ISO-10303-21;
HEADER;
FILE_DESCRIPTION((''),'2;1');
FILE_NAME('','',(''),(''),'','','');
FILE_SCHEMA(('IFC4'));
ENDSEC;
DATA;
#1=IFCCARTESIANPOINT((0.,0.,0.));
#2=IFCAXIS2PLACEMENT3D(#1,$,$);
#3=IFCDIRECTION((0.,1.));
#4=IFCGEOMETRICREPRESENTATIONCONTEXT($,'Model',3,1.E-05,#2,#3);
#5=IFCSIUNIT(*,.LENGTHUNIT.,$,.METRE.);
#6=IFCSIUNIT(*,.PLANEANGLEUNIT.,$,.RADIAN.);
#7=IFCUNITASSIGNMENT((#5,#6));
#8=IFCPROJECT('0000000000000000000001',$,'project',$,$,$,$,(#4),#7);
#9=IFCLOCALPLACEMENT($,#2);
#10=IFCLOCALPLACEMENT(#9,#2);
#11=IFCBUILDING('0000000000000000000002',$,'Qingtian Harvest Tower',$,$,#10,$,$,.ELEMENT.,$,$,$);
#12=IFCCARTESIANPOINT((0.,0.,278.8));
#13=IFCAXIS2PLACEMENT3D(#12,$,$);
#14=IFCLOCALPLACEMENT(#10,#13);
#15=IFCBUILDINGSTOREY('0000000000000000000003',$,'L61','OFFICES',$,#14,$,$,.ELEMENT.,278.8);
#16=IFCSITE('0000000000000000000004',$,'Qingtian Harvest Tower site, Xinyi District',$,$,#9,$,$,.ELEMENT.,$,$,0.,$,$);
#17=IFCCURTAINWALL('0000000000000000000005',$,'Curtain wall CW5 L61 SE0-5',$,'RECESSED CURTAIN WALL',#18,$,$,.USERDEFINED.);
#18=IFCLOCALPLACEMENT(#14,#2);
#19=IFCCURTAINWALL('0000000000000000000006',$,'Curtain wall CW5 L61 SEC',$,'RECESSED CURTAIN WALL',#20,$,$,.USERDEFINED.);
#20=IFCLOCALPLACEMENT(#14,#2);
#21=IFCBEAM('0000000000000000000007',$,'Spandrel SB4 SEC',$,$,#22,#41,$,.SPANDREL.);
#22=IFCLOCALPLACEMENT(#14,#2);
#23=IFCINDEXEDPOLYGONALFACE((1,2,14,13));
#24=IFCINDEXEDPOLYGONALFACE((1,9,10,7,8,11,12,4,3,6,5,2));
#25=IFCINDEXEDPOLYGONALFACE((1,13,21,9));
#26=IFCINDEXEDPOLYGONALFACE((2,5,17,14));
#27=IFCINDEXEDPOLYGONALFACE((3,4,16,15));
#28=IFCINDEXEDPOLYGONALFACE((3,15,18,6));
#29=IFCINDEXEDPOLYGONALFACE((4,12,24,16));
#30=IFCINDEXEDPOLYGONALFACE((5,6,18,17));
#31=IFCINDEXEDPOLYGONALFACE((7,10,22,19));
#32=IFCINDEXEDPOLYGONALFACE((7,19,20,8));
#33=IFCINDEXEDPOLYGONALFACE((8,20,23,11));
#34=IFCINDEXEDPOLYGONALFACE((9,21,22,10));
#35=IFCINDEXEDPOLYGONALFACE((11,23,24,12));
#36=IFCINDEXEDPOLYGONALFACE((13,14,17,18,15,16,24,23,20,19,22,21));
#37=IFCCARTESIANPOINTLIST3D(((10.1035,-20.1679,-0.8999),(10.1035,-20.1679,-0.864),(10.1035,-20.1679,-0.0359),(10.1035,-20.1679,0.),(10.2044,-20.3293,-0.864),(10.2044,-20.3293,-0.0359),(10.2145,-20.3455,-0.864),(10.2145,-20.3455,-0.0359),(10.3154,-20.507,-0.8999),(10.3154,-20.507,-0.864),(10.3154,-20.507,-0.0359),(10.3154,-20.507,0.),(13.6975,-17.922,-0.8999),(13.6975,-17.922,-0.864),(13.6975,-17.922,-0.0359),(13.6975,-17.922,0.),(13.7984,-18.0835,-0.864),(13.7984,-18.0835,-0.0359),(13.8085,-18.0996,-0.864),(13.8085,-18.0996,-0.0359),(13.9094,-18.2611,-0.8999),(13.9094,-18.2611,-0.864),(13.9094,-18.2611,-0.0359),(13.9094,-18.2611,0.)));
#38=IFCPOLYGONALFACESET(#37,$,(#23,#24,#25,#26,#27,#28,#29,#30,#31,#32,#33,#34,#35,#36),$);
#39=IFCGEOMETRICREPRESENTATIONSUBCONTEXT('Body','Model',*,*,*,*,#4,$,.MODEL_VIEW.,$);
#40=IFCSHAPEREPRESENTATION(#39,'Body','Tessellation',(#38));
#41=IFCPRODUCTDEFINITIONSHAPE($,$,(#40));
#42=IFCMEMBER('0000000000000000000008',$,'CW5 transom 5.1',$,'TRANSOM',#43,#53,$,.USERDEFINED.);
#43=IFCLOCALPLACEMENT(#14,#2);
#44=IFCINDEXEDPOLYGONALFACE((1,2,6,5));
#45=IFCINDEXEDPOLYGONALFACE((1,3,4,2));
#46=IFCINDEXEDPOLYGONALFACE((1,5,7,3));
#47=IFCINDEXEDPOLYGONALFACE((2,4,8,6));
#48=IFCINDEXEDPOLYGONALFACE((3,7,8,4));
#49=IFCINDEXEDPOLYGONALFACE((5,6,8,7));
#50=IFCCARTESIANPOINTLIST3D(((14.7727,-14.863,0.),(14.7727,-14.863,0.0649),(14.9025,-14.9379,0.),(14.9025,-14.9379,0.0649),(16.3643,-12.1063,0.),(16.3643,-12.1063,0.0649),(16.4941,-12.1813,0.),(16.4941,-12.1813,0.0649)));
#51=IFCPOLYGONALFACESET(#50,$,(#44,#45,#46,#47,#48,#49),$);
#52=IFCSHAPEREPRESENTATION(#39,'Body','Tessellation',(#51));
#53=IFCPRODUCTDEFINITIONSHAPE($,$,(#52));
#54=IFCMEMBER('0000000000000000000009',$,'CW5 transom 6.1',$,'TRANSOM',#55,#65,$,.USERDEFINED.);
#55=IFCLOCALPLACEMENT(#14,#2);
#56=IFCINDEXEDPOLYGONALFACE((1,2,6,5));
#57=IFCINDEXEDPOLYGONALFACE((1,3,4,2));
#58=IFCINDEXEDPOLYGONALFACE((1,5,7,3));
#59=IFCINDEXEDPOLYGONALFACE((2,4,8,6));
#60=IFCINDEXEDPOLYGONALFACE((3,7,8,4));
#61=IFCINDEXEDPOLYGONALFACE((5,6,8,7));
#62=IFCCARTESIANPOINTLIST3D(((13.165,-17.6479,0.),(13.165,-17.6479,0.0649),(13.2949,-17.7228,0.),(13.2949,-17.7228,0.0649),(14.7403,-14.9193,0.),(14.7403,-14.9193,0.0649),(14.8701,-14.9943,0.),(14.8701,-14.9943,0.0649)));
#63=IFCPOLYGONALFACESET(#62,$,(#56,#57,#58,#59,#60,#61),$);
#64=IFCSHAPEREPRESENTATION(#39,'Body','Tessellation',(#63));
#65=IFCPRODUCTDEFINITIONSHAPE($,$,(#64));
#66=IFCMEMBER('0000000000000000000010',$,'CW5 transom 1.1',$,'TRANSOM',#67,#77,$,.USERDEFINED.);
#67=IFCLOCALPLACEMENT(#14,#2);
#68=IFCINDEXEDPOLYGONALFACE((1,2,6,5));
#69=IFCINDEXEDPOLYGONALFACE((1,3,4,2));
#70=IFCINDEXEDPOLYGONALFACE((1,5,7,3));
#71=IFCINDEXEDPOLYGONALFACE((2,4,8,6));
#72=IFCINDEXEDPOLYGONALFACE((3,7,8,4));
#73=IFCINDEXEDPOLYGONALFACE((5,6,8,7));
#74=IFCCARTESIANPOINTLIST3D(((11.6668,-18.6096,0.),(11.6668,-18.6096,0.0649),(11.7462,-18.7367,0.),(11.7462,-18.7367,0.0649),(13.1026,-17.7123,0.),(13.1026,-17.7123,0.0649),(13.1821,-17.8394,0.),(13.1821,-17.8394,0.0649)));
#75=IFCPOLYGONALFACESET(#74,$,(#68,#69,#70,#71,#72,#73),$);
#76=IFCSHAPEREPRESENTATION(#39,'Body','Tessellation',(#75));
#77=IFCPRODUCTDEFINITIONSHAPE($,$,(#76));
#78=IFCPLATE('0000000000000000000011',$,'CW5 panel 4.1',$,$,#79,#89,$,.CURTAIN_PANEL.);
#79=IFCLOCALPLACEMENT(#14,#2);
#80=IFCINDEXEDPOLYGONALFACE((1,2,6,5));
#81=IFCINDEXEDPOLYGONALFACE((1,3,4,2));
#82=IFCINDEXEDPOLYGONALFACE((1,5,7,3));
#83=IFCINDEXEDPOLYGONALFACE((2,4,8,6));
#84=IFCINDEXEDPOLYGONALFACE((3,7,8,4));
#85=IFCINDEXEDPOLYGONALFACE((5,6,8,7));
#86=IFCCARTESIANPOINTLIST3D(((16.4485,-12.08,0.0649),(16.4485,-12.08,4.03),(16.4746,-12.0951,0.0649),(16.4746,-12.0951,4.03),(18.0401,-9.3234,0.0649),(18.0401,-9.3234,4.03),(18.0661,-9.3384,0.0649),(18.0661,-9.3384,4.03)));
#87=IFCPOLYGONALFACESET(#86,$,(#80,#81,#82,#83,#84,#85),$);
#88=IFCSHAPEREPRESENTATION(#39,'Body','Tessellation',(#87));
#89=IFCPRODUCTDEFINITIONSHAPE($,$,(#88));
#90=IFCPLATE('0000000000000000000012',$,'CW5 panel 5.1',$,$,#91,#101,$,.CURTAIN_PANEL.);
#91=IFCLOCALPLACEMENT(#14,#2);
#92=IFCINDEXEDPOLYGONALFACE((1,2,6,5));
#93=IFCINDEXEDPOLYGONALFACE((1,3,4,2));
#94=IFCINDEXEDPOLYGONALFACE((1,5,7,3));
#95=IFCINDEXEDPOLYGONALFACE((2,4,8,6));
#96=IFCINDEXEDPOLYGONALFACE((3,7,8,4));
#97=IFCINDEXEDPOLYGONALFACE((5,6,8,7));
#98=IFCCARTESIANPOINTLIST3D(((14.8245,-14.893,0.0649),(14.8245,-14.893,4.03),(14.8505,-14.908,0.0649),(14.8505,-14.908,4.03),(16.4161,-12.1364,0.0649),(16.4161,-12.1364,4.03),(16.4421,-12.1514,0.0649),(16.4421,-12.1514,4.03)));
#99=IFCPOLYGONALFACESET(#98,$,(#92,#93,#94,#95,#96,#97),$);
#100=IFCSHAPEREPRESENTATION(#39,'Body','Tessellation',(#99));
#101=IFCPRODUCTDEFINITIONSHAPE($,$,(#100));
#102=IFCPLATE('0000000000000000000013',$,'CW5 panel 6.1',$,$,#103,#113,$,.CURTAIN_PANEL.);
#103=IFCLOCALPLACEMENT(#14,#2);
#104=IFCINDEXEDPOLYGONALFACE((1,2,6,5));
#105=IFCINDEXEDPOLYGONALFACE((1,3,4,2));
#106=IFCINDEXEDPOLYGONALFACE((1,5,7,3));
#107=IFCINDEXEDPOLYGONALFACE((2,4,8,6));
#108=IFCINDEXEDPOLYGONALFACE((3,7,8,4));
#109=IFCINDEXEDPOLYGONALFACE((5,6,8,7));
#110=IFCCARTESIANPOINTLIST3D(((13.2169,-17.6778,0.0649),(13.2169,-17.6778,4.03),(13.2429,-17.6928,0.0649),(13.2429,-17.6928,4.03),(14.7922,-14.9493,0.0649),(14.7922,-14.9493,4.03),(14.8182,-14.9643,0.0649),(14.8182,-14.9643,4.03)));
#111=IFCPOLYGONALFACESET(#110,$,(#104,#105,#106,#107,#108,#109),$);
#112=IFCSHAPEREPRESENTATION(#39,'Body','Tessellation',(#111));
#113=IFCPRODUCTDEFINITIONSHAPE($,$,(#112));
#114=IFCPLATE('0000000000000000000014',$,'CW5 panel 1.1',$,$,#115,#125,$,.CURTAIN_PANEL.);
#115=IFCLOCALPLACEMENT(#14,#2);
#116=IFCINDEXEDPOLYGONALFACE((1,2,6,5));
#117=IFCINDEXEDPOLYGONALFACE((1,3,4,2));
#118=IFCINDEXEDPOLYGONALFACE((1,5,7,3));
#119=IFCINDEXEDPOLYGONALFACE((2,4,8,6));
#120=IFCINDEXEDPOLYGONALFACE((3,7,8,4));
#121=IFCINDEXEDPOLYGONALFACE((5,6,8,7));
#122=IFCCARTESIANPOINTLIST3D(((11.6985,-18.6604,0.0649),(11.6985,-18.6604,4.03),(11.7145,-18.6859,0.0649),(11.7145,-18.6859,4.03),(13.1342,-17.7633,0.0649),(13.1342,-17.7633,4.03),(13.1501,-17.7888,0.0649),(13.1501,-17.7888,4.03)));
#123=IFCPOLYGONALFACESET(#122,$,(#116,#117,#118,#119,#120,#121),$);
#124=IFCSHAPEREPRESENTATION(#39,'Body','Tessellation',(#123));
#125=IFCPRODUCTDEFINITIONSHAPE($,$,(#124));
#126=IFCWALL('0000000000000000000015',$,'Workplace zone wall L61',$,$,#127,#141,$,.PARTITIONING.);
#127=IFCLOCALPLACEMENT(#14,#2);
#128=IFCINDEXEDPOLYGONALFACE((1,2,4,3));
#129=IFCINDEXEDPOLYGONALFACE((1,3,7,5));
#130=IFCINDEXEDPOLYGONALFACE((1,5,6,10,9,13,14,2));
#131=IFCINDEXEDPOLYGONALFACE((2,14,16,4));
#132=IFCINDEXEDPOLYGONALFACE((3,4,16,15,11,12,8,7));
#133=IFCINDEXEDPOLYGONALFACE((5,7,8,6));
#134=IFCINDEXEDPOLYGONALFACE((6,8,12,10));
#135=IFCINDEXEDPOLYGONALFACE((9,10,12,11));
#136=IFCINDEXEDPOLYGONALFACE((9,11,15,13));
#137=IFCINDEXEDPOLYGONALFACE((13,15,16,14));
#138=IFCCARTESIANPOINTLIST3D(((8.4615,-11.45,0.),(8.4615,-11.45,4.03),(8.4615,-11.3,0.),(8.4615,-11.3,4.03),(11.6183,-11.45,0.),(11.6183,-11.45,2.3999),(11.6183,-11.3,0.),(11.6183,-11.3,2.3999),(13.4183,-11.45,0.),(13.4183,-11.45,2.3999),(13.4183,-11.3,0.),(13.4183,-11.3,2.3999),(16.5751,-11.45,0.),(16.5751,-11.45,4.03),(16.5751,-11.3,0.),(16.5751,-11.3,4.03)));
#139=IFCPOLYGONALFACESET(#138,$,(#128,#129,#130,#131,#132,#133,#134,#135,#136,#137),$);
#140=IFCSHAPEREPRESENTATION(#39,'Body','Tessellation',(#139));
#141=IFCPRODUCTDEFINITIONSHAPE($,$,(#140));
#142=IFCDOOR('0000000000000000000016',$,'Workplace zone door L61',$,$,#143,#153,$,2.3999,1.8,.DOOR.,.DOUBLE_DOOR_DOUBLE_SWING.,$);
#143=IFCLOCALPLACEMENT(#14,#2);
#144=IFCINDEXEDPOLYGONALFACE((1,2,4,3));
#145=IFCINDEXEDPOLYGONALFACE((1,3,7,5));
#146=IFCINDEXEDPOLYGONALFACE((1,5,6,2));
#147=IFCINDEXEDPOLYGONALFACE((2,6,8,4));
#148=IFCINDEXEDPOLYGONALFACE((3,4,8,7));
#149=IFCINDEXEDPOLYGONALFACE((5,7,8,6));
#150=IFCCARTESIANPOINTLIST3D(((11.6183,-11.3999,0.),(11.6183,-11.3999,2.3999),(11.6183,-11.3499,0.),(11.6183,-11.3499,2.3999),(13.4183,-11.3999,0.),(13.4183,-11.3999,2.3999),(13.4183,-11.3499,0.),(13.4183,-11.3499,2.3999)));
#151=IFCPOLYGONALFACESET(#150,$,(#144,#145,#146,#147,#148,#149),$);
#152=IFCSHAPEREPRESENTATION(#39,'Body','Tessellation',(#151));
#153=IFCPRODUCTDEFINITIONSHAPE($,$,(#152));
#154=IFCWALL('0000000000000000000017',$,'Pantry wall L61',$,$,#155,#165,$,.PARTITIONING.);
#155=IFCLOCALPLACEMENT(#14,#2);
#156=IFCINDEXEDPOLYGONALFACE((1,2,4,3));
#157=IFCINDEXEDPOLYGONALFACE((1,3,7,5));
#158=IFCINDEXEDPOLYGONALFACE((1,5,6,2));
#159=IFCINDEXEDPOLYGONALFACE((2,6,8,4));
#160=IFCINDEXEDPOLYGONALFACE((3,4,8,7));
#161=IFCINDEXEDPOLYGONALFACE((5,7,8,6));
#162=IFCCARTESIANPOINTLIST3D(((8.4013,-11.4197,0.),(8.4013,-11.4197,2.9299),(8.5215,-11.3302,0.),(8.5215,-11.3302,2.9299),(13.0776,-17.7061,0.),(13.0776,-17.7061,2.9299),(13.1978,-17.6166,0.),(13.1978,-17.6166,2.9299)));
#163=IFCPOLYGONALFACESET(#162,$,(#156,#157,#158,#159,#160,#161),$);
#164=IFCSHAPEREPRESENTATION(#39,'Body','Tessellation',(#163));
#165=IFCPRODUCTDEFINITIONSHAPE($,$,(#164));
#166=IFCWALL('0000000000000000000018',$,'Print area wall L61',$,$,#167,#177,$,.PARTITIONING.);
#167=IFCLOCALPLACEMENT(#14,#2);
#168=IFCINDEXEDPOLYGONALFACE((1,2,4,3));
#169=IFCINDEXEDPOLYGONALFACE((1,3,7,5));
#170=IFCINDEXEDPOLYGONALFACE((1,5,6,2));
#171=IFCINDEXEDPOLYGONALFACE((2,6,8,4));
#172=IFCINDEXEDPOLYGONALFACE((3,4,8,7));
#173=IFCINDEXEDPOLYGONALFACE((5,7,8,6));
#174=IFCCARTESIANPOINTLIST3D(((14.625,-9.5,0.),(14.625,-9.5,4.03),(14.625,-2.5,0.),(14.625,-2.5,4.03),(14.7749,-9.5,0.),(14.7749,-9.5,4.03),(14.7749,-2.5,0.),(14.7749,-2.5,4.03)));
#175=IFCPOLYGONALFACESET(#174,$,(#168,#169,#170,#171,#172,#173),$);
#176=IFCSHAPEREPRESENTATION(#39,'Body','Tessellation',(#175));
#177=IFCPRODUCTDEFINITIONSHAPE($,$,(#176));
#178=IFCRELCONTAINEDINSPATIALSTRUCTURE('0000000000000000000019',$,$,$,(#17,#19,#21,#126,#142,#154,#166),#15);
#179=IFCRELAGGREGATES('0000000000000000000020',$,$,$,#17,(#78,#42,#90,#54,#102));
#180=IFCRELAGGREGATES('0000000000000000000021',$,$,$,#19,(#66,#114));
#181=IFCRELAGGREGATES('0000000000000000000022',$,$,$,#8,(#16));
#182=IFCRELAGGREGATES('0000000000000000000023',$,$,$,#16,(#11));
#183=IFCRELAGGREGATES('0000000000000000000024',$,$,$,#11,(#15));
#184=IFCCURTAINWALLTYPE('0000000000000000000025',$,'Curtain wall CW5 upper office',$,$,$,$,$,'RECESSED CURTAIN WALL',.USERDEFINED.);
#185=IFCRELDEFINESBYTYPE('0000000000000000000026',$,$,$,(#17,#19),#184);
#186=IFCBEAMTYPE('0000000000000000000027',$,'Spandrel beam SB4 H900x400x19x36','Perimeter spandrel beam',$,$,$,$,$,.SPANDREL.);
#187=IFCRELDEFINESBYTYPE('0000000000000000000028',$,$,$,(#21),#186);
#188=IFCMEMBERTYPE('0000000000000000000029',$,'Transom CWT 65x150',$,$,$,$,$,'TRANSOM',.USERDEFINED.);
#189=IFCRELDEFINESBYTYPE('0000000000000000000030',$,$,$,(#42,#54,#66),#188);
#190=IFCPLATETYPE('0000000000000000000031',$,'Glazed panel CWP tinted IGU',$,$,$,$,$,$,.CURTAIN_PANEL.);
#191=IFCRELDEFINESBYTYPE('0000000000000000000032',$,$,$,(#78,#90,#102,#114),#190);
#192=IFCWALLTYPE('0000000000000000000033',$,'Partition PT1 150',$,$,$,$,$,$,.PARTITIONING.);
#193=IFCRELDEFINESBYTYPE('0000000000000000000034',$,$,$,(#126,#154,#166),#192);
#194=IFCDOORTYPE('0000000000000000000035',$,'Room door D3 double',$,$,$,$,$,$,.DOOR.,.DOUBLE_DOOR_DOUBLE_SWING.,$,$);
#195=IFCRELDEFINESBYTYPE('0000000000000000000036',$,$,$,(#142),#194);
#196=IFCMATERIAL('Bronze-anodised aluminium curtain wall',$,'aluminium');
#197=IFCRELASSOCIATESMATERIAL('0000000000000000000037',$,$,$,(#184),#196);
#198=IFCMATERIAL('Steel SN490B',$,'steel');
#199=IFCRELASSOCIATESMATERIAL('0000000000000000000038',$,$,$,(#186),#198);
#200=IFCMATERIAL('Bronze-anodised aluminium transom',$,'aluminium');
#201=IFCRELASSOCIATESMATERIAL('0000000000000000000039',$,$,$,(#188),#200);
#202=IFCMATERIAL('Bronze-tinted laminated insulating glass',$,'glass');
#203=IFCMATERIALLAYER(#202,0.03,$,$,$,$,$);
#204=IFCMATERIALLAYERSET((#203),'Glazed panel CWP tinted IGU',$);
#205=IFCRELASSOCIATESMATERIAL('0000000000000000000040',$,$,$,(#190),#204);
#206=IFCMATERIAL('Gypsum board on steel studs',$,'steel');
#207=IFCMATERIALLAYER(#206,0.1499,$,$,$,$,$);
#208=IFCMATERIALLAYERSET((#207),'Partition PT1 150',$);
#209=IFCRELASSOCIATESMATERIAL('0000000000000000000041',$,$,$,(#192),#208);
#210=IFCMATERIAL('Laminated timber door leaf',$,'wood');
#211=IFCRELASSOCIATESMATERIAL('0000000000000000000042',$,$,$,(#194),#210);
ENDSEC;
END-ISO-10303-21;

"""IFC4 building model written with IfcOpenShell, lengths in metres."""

from ifc_helpers import new_model, si_unit, direction, frame, frame_2d, origin, origin_2d, place, context, subcontext, project, spatial, rectangle, i_section, extrude, material, layer, layer_set, material_profile, profile_set, type_object, element, fill, aggregate, save


model = new_model("IFC4")

# Units and contexts
model_context = context("Model", 3, precision=1e-05, world=origin(), true_north=direction((0.0, 1.0)))
body_context = subcontext(model_context, "Body", "Model", "MODEL_VIEW")
ifc_project = project(units=[si_unit("LENGTHUNIT", "METRE"), si_unit("PLANEANGLEUNIT", "RADIAN")], contexts=[model_context])

# Site, building, storey
site_placement = place(None, origin())
site = spatial("IfcSite", under=ifc_project, at=site_placement, Name="Qingtian Harvest Tower site, Xinyi District", CompositionType="ELEMENT", RefElevation=0.0)
building_placement = place(site_placement, origin())
building = spatial("IfcBuilding", under=site, at=building_placement, Name="Qingtian Harvest Tower", CompositionType="ELEMENT")
storey_placement = place(building_placement, frame((0.0, 0.0, 278.8)))
storey = spatial("IfcBuildingStorey", under=building, at=storey_placement, Name="L61", Description="OFFICES", CompositionType="ELEMENT", Elevation=278.8)

# Curtain walls
ifc_material_1 = material(Name="Bronze-anodised aluminium curtain wall", Category="aluminium")
curtain_wall_type = type_object("IfcCurtainWallType", Name="Curtain wall CW5 upper office", ElementType="RECESSED CURTAIN WALL", PredefinedType="USERDEFINED", material=ifc_material_1)
curtain_wall_1_placement = place(storey_placement, origin())
curtain_wall_1 = element("IfcCurtainWall", 1, at=curtain_wall_1_placement, inside=storey, type_object=curtain_wall_type, Name="Curtain wall CW5 L61 SE0-5", ObjectType="RECESSED CURTAIN WALL", PredefinedType="USERDEFINED")
curtain_wall_2_placement = place(storey_placement, origin())
curtain_wall_2 = element("IfcCurtainWall", 2, at=curtain_wall_2_placement, inside=storey, type_object=curtain_wall_type, Name="Curtain wall CW5 L61 SEC", ObjectType="RECESSED CURTAIN WALL", PredefinedType="USERDEFINED")

# Beam
ifc_material_2 = material(Name="Steel SN490B", Category="steel")
ifc_material_profile_1 = material_profile(ifc_material_2, i_section(OverallWidth=0.3999, OverallDepth=0.8999, WebThickness=0.019, FlangeThickness=0.0359, at=origin_2d()), Name="H900x400x19x36")
ifc_profile_set_1 = profile_set([ifc_material_profile_1], Name="Steel SN490B")
beam_type_1 = type_object("IfcBeamType", Name="Spandrel beam SB4 H900x400x19x36", Description="Perimeter spandrel beam", PredefinedType="SPANDREL", material=ifc_profile_set_1)
beam_1_placement = place(storey_placement, frame((13.8035, -18.0916, -0.45), z_axis=(-0.84804, -0.529932, 0.0), x_axis=(0.529932, -0.84804, 0.0)))
element("IfcBeam", 3, at=beam_1_placement, inside=storey, type_object=beam_type_1, Name="Spandrel SB4 SEC", PredefinedType="SPANDREL", context=body_context, shape_type="SweptSolid", body=[
    extrude(i_section(OverallWidth=0.3999, OverallDepth=0.8999, WebThickness=0.019, FlangeThickness=0.0359, at=origin_2d()), origin(), (0.0, 0.0, 1.0), 4.238),
])

# Members
ifc_material_3 = material(Name="Bronze-anodised aluminium transom", Category="aluminium")
ifc_material_profile_2 = material_profile(ifc_material_3, rectangle(XDim=0.1499, YDim=0.0649, at=origin_2d()), Name="AL 65x150")
ifc_profile_set_2 = profile_set([ifc_material_profile_2], Name="Bronze-anodised aluminium transom")
member_type_1 = type_object("IfcMemberType", Name="Transom CWT 65x150", ElementType="TRANSOM", PredefinedType="USERDEFINED", material=ifc_profile_set_2)
member_1_placement = place(storey_placement, frame((16.4292, -12.1438, 0.0325), z_axis=(-0.500008, -0.866021, 0.0), x_axis=(0.866021, -0.500008, 0.0)))
member_1 = element("IfcMember", 4, at=member_1_placement, type_object=member_type_1, Name="CW5 transom 5.1", ObjectType="TRANSOM", PredefinedType="USERDEFINED", context=body_context, shape_type="SweptSolid", body=[
    extrude(rectangle(XDim=0.1499, YDim=0.0649, at=origin_2d()), origin(), (0.0, 0.0, 1.0), 3.1831),
])
member_2_placement = place(storey_placement, frame((14.8052, -14.9568, 0.0325), z_axis=(-0.499973, -0.866041, 0.0), x_axis=(0.866041, -0.499973, 0.0)))
member_2 = element("IfcMember", 5, at=member_2_placement, type_object=member_type_1, Name="CW5 transom 6.1", ObjectType="TRANSOM", PredefinedType="USERDEFINED", context=body_context, shape_type="SweptSolid", body=[
    extrude(rectangle(XDim=0.1499, YDim=0.0649, at=origin_2d()), origin(), (0.0, 0.0, 1.0), 3.1506),
])
member_3_placement = place(storey_placement, frame((13.1423, -17.7759, 0.0325), z_axis=(-0.848039, -0.529934, 0.0), x_axis=(0.529934, -0.848039, 0.0)))
member_3 = element("IfcMember", 6, at=member_3_placement, type_object=member_type_1, Name="CW5 transom 1.1", ObjectType="TRANSOM", PredefinedType="USERDEFINED", context=body_context, shape_type="SweptSolid", body=[
    extrude(rectangle(XDim=0.1499, YDim=0.0649, at=origin_2d()), origin(), (0.0, 0.0, 1.0), 1.6931),
])

# Plates
ifc_material_4 = material(Name="Bronze-tinted laminated insulating glass", Category="glass")
ifc_layer_1 = layer(ifc_material_4, 0.03)
ifc_layer_set_1 = layer_set([ifc_layer_1], Name="Glazed panel CWP tinted IGU")
plate_type = type_object("IfcPlateType", Name="Glazed panel CWP tinted IGU", PredefinedType="CURTAIN_PANEL", material=ifc_layer_set_1)
plate_1_placement = place(storey_placement, frame((17.2573, -10.7092, 0.0649), z_axis=(0.0, 0.0, 1.0), x_axis=(-0.5, -0.866025, 0.0)))
plate_1 = element("IfcPlate", 7, at=plate_1_placement, type_object=plate_type, Name="CW5 panel 4.1", PredefinedType="CURTAIN_PANEL", context=body_context, shape_type="SweptSolid", body=[
    extrude(rectangle(XDim=3.1831, YDim=0.03, at=origin_2d()), origin(), (0.0, 0.0, 1.0), 3.9651),
])
plate_2_placement = place(storey_placement, frame((15.6333, -13.5222, 0.0649), z_axis=(0.0, 0.0, 1.0), x_axis=(-0.5, -0.866025, 0.0)))
plate_2 = element("IfcPlate", 8, at=plate_2_placement, type_object=plate_type, Name="CW5 panel 5.1", PredefinedType="CURTAIN_PANEL", context=body_context, shape_type="SweptSolid", body=[
    extrude(rectangle(XDim=3.1831, YDim=0.03, at=origin_2d()), origin(), (0.0, 0.0, 1.0), 3.9651),
])
plate_3_placement = place(storey_placement, frame((14.0176, -16.321, 0.0649), z_axis=(0.0, 0.0, 1.0), x_axis=(-0.5, -0.866025, 0.0)))
plate_3 = element("IfcPlate", 9, at=plate_3_placement, type_object=plate_type, Name="CW5 panel 6.1", PredefinedType="CURTAIN_PANEL", context=body_context, shape_type="SweptSolid", body=[
    extrude(rectangle(XDim=3.1506, YDim=0.03, at=origin_2d()), origin(), (0.0, 0.0, 1.0), 3.9651),
])
aggregate(curtain_wall_1, [plate_1, member_1, plate_2, member_2, plate_3])
plate_4_placement = place(storey_placement, frame((12.4243, -18.2246, 0.0649), z_axis=(0.0, 0.0, 1.0), x_axis=(-0.848048, -0.529919, 0.0)))
plate_4 = element("IfcPlate", 10, at=plate_4_placement, type_object=plate_type, Name="CW5 panel 1.1", PredefinedType="CURTAIN_PANEL", context=body_context, shape_type="SweptSolid", body=[
    extrude(rectangle(XDim=1.6929, YDim=0.03, at=origin_2d()), origin(), (0.0, 0.0, 1.0), 3.9651),
])
aggregate(curtain_wall_2, [member_3, plate_4])

# Wall, opening, door
ifc_material_5 = material(Name="Gypsum board on steel studs", Category="steel")
ifc_layer_2 = layer(ifc_material_5, 0.1499)
ifc_layer_set_2 = layer_set([ifc_layer_2], Name="Partition PT1 150")
wall_type = type_object("IfcWallType", Name="Partition PT1 150", PredefinedType="PARTITIONING", material=ifc_layer_set_2)
wall_1_placement = place(storey_placement, frame((16.575, -11.375, 0.0), z_axis=(0.0, 0.0, 1.0), x_axis=(-1.0, 0.0, 0.0)))
wall_1 = element("IfcWall", 11, at=wall_1_placement, inside=storey, type_object=wall_type, Name="Workplace zone wall L61", PredefinedType="PARTITIONING", context=body_context, shape_type="SweptSolid", body=[
    extrude(rectangle(XDim=8.1135, YDim=0.1499, at=frame_2d((4.0566, 0.0))), origin(), (0.0, 0.0, 1.0), 4.03),
])
opening_placement = place(wall_1_placement, frame((3.1567, 0.0, 0.0)))
opening = element("IfcOpeningElement", 12, at=opening_placement, cuts=wall_1, PredefinedType="OPENING", context=body_context, shape_type="SweptSolid", body=[
    extrude(rectangle(XDim=1.8, YDim=2.3999, at=frame_2d((0.8999, 1.2))), frame((0.0, 0.085, 0.0), z_axis=(0.0, -1.0, 0.0), x_axis=(1.0, 0.0, 0.0)), (0.0, 0.0, 1.0), 0.1699),
])
ifc_material_6 = material(Name="Laminated timber door leaf", Category="wood")
door_type = type_object("IfcDoorType", Name="Room door D3 double", OperationType="DOUBLE_DOOR_DOUBLE_SWING", PredefinedType="DOOR", material=ifc_material_6)
door_placement = place(opening_placement, origin())
door = element("IfcDoor", 13, at=door_placement, inside=storey, type_object=door_type, Name="Workplace zone door L61", OperationType="DOUBLE_DOOR_DOUBLE_SWING", OverallHeight=2.3999, OverallWidth=1.8, PredefinedType="DOOR", context=body_context, shape_type="SweptSolid", body=[
    extrude(rectangle(XDim=1.8, YDim=2.3999, at=frame_2d((0.8999, 1.2))), frame((0.0, 0.0249, 0.0), z_axis=(0.0, -1.0, 0.0), x_axis=(1.0, 0.0, 0.0)), (0.0, 0.0, 1.0), 0.05),
])
fill(opening, door)

# Walls
wall_2_placement = place(storey_placement, frame((13.1377, -17.6614, 0.0), z_axis=(0.0, 0.0, 1.0), x_axis=(-0.596849, 0.802353, 0.0)))
element("IfcWall", 14, at=wall_2_placement, inside=storey, type_object=wall_type, Name="Pantry wall L61", PredefinedType="PARTITIONING", context=body_context, shape_type="SweptSolid", body=[
    extrude(rectangle(XDim=7.835, YDim=0.1499, at=frame_2d((3.9175, 0.0))), origin(), (0.0, 0.0, 1.0), 2.9299),
])
wall_3_placement = place(storey_placement, frame((14.7, -9.5, 0.0), z_axis=(0.0, 0.0, 1.0), x_axis=(0.0, 1.0, 0.0)))
element("IfcWall", 15, at=wall_3_placement, inside=storey, type_object=wall_type, Name="Print area wall L61", PredefinedType="PARTITIONING", context=body_context, shape_type="SweptSolid", body=[
    extrude(rectangle(XDim=7.0, YDim=0.1499, at=frame_2d((3.5, 0.0))), origin(), (0.0, 0.0, 1.0), 4.03),
])

save(model, "model.ifc")
